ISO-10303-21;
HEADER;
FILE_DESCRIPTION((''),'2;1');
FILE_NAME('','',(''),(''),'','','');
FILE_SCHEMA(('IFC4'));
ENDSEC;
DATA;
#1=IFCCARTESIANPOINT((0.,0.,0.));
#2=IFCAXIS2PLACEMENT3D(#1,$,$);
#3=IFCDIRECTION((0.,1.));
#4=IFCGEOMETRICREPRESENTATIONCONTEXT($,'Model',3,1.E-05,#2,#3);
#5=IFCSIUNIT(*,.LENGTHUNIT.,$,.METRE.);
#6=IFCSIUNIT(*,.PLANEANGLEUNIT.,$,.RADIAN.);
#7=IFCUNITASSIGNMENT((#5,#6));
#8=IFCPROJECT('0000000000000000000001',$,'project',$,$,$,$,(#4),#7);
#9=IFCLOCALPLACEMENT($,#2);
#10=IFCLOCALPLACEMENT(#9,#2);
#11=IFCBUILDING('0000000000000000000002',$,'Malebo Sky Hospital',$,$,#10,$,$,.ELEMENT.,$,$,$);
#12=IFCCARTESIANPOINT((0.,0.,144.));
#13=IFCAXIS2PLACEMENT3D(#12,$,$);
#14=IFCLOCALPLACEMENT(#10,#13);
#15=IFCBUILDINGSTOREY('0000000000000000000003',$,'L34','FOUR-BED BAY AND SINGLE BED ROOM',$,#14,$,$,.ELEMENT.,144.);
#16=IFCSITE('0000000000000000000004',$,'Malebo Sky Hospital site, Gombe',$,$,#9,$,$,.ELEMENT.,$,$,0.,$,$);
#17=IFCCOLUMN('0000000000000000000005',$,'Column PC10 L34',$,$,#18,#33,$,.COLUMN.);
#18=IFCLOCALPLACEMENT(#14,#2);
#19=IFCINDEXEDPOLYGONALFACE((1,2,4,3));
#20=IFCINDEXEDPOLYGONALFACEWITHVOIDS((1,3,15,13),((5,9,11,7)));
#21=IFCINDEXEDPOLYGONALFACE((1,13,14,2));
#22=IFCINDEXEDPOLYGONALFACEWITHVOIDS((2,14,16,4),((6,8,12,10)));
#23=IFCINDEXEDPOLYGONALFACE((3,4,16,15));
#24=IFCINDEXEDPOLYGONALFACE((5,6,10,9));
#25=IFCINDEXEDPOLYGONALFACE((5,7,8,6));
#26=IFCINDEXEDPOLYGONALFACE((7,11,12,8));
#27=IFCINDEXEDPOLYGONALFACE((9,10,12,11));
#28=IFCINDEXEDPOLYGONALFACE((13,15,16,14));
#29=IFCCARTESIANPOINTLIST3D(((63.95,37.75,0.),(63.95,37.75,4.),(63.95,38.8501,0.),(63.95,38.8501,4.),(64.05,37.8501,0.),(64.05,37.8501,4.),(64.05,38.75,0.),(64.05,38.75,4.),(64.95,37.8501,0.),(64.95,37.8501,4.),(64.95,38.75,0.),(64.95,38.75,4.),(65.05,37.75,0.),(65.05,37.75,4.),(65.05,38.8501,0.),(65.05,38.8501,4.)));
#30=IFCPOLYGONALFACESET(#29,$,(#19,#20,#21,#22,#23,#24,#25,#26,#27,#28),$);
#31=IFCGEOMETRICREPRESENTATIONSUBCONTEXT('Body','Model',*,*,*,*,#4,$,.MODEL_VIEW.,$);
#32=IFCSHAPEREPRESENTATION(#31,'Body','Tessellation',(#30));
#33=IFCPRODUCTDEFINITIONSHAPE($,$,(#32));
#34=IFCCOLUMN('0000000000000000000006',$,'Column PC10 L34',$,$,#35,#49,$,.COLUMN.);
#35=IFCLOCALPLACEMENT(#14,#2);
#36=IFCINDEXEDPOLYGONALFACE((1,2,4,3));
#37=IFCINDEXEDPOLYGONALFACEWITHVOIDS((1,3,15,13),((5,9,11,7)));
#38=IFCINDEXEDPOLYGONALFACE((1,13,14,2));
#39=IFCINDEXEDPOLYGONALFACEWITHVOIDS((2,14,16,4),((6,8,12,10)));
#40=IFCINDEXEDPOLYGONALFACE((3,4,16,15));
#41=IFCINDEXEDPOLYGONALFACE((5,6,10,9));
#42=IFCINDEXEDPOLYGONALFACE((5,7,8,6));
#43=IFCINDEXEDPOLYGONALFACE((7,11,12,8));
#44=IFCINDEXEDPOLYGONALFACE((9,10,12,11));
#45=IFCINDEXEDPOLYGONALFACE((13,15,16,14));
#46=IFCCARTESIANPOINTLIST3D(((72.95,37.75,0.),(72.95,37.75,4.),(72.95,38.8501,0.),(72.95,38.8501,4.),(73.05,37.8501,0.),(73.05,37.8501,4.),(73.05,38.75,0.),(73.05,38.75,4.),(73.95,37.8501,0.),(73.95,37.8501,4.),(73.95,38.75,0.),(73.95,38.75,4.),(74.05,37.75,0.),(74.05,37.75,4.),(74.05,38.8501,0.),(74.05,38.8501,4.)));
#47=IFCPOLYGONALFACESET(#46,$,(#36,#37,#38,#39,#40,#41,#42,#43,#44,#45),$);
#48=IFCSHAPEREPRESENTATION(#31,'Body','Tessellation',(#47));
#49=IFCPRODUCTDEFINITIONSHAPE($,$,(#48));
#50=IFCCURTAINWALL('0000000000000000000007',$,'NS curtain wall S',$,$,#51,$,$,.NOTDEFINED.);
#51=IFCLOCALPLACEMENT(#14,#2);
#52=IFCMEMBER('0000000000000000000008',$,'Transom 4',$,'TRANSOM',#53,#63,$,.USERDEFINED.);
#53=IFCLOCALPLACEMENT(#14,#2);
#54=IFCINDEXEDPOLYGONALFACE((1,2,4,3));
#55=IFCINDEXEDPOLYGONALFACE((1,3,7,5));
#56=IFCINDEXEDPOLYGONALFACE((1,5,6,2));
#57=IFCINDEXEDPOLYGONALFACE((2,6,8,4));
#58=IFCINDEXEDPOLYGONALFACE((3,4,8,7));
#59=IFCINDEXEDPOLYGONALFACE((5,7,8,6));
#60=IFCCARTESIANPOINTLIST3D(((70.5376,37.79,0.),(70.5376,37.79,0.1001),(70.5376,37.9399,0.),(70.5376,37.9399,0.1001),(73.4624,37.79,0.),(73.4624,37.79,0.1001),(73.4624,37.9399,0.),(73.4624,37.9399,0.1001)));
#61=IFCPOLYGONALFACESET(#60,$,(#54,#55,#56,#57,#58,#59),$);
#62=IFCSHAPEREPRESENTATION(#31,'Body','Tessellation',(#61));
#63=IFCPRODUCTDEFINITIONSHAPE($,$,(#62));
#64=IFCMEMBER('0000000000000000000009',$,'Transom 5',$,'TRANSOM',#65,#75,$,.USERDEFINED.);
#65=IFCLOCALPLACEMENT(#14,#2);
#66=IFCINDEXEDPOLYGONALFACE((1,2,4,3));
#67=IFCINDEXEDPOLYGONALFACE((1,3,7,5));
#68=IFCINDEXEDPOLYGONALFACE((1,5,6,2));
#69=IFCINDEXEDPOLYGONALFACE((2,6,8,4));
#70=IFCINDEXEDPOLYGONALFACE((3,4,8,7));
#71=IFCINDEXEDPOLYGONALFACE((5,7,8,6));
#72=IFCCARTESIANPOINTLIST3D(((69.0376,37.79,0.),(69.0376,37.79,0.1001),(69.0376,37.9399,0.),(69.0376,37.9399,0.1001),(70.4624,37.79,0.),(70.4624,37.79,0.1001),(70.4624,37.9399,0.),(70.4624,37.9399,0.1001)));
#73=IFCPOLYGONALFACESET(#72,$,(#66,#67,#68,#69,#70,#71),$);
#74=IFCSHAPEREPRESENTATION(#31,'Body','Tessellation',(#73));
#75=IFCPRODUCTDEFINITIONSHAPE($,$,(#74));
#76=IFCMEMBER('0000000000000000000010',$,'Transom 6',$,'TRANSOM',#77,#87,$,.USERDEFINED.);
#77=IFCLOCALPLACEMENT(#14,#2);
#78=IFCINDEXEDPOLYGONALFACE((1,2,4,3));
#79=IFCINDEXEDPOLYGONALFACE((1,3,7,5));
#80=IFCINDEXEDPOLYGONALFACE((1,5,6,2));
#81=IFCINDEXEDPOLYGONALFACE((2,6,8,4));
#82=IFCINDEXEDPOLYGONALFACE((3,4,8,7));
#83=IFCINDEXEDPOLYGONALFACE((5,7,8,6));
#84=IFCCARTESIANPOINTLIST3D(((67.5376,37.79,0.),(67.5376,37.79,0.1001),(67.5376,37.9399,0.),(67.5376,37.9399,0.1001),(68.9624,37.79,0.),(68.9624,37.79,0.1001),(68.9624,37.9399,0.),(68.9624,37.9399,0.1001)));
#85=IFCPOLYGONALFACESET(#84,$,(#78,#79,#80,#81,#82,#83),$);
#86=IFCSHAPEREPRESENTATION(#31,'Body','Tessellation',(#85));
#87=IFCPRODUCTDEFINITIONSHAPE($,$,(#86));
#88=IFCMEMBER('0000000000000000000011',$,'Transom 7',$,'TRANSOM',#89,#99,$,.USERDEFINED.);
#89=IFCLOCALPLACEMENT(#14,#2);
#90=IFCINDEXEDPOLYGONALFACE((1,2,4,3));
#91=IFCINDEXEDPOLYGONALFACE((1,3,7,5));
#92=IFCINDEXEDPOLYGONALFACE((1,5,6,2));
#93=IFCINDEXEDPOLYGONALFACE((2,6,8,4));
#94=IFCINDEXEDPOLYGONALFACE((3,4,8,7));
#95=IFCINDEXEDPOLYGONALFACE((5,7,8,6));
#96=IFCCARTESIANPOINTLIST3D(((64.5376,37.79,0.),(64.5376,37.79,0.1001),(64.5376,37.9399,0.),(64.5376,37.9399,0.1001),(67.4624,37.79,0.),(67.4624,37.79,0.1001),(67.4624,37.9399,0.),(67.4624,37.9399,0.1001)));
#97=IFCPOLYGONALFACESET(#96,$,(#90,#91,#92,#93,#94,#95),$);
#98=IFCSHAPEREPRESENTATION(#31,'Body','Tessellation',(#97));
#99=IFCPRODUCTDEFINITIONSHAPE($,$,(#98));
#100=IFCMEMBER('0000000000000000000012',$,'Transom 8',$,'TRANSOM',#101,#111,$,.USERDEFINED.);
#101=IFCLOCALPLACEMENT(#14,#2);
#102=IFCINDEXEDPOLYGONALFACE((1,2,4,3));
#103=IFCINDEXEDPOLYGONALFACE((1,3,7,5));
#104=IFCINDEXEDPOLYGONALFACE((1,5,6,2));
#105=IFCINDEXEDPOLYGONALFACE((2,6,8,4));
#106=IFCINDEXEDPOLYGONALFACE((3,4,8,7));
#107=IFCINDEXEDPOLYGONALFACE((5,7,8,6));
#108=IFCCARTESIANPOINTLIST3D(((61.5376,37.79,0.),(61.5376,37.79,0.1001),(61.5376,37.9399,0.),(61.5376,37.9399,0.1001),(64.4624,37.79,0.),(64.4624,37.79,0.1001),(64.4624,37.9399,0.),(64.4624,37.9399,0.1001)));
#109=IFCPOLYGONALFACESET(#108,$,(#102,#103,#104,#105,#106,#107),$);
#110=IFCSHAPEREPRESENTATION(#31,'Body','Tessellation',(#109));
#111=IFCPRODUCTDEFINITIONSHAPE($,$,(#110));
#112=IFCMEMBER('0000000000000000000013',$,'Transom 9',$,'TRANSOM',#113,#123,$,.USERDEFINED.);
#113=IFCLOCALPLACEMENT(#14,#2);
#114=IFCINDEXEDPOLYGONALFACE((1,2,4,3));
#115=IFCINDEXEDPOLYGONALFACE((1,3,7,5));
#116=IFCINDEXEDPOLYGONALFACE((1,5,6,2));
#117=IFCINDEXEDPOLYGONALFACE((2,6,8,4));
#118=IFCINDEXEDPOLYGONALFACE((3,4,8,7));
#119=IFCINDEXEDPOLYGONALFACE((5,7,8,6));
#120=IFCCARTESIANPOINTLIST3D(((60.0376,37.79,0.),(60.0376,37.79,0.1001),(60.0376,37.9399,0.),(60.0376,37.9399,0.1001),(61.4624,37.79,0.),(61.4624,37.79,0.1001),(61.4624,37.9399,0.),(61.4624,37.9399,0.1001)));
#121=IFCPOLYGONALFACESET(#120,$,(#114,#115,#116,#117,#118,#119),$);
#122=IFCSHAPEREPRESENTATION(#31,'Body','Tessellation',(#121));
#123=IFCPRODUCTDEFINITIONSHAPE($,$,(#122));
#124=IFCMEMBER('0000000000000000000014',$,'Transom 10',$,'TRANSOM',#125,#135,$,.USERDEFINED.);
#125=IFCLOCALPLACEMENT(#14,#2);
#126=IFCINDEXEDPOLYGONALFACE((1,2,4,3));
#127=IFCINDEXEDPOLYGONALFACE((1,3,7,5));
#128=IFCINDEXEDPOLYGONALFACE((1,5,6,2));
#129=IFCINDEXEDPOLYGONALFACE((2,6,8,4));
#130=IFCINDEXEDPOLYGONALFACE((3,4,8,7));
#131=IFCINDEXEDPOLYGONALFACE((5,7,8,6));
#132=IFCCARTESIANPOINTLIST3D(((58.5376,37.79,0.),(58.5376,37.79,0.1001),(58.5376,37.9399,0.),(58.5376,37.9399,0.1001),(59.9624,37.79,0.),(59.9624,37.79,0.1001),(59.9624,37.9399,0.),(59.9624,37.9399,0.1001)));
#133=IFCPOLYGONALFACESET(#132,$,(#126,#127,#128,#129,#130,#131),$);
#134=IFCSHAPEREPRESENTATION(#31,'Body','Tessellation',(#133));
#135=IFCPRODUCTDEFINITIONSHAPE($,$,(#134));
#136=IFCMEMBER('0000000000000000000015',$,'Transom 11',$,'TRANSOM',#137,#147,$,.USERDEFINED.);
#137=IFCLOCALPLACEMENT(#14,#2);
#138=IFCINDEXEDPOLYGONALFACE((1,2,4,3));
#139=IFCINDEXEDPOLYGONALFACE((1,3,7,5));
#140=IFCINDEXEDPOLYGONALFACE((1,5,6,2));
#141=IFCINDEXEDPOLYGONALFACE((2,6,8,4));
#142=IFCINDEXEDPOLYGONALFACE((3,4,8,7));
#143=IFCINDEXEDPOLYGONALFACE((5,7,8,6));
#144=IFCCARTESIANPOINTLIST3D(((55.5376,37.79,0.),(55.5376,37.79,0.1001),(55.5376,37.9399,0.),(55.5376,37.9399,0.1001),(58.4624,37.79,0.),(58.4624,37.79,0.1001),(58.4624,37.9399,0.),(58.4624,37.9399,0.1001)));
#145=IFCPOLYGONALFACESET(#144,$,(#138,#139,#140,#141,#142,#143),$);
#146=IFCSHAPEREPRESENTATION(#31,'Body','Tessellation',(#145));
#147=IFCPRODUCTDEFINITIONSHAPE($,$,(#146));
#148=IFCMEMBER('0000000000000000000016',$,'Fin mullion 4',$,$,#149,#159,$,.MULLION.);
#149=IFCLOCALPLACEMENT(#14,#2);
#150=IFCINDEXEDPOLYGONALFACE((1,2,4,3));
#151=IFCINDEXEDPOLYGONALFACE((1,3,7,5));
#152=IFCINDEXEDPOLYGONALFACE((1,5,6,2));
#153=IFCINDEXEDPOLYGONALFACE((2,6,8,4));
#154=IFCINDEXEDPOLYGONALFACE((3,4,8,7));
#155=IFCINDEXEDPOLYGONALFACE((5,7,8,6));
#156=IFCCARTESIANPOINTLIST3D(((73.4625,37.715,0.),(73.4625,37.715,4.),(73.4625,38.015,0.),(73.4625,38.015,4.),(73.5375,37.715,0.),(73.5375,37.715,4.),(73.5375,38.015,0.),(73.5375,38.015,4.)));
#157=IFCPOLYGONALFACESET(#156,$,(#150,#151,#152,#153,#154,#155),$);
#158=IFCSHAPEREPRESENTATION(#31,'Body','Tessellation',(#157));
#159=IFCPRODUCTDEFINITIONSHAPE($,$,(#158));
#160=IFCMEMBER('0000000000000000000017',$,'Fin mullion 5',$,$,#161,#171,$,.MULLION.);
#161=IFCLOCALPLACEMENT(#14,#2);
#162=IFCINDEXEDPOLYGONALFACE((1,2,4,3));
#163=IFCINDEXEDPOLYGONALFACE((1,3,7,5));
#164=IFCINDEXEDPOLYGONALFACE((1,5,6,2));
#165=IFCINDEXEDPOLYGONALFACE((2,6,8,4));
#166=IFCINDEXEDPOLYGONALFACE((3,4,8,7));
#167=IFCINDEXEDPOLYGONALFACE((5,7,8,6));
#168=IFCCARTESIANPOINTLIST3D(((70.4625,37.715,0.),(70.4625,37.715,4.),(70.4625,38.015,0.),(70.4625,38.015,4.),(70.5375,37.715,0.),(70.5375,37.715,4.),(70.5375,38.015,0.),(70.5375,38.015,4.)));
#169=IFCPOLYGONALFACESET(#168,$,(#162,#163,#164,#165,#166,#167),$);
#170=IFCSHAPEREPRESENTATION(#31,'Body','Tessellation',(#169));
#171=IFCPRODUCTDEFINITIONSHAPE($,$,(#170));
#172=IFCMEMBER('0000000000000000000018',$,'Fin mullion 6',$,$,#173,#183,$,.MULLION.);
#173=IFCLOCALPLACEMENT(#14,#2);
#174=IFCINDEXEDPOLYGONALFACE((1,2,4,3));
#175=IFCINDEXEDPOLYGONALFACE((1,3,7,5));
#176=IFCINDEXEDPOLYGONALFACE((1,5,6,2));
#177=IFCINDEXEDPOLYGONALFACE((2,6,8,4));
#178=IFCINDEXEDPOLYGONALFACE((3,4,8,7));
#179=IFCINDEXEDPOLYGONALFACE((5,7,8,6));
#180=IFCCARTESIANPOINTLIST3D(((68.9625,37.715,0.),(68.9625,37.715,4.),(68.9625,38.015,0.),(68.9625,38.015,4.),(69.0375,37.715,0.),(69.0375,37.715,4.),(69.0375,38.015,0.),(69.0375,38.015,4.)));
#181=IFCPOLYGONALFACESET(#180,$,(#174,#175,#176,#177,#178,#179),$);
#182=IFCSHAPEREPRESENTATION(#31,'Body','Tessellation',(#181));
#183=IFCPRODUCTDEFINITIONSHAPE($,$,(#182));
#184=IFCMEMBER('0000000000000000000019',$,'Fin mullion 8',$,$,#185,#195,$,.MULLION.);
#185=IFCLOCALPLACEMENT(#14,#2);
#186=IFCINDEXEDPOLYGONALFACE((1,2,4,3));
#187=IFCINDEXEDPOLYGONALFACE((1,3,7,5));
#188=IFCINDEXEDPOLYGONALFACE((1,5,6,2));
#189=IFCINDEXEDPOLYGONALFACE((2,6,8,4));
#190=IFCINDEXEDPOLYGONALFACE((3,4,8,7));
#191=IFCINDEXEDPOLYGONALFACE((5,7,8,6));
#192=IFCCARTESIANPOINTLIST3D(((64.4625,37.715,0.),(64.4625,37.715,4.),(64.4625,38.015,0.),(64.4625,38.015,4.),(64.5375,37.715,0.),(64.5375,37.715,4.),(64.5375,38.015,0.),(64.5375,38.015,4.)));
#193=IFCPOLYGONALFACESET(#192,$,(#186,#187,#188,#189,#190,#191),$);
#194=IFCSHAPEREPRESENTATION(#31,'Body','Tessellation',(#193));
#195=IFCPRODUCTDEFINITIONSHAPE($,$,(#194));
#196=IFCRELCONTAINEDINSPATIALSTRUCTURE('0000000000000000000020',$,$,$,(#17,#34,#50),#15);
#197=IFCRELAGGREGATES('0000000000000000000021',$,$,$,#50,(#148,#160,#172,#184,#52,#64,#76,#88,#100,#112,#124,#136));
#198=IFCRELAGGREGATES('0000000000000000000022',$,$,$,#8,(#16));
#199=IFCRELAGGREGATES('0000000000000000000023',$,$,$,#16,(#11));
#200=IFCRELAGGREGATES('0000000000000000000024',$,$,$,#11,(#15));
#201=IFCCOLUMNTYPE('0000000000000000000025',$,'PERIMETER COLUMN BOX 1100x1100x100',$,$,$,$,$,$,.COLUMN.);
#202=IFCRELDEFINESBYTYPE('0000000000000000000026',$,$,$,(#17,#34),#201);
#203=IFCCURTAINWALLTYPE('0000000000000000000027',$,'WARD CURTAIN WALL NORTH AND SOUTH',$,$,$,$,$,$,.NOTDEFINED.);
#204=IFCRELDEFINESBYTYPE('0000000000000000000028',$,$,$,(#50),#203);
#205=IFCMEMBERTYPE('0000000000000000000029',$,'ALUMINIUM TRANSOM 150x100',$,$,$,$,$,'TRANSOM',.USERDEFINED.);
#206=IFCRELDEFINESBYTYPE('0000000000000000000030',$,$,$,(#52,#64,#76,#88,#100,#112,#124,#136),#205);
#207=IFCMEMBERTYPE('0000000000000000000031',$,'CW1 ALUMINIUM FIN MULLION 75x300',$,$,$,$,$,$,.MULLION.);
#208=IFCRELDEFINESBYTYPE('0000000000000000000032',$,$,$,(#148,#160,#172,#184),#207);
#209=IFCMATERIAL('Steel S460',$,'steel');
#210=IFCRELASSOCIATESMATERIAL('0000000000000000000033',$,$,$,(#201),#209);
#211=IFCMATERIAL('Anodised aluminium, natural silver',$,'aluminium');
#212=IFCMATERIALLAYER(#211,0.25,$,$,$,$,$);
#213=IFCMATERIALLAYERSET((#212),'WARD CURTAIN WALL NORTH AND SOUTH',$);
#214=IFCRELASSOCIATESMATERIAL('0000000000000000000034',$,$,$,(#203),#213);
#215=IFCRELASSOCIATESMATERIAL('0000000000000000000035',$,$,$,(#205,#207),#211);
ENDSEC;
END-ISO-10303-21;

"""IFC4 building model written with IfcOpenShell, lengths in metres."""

from ifc_helpers import new_model, si_unit, direction, frame, origin, origin_2d, place, context, subcontext, project, spatial, rectangle, hollow_rectangle, extrude, material, layer, layer_set, material_profile, profile_set, type_object, element, aggregate, save


model = new_model("IFC4")

# Units and contexts
model_context = context("Model", 3, precision=1e-05, world=origin(), true_north=direction((0.0, 1.0)))
body_context = subcontext(model_context, "Body", "Model", "MODEL_VIEW")
ifc_project = project(units=[si_unit("LENGTHUNIT", "METRE"), si_unit("PLANEANGLEUNIT", "RADIAN")], contexts=[model_context])

# Site, building, storey
site_placement = place(None, origin())
site = spatial("IfcSite", under=ifc_project, at=site_placement, Name="Malebo Sky Hospital site, Gombe", CompositionType="ELEMENT", RefElevation=0.0)
building_placement = place(site_placement, origin())
building = spatial("IfcBuilding", under=site, at=building_placement, Name="Malebo Sky Hospital", CompositionType="ELEMENT")
storey_placement = place(building_placement, frame((0.0, 0.0, 144.0)))
storey = spatial("IfcBuildingStorey", under=building, at=storey_placement, Name="L34", Description="FOUR-BED BAY AND SINGLE BED ROOM", CompositionType="ELEMENT", Elevation=144.0)

# Columns
ifc_material_1 = material(Name="Steel S460", Category="steel")
ifc_material_profile_1 = material_profile(ifc_material_1, hollow_rectangle(XDim=1.1001, YDim=1.1001, WallThickness=0.1001, at=origin_2d()), Name="BOX 1100x1100x100")
ifc_profile_set_1 = profile_set([ifc_material_profile_1], Name="Steel S460")
column_type = type_object("IfcColumnType", Name="PERIMETER COLUMN BOX 1100x1100x100", PredefinedType="COLUMN", material=ifc_profile_set_1)
for number, where, z_axis, x_axis, name in (
    (1, (64.5, 38.3, 0.0), (0.0, 0.0, 1.0), (1.0, 0.0, 0.0), "Column PC10 L34"),
    (2, (73.5, 38.3, 0.0), (0.0, 0.0, 1.0), (1.0, 0.0, 0.0), "Column PC10 L34"),
):
    element("IfcColumn", number, at=place(storey_placement, frame(where, z_axis=z_axis, x_axis=x_axis)), inside=storey, type_object=column_type, Name=name, PredefinedType="COLUMN", context=body_context, shape_type="SweptSolid", body=[
        extrude(hollow_rectangle(XDim=1.1001, YDim=1.1001, WallThickness=0.1001, at=origin_2d()), origin(), (0.0, 0.0, 1.0), 4.0),
    ])

# Curtain wall, members
ifc_material_2 = material(Name="Anodised aluminium, natural silver", Category="aluminium")
ifc_layer_1 = layer(ifc_material_2, 0.25)
ifc_layer_set_1 = layer_set([ifc_layer_1], Name="WARD CURTAIN WALL NORTH AND SOUTH")
curtain_wall_type = type_object("IfcCurtainWallType", Name="WARD CURTAIN WALL NORTH AND SOUTH", PredefinedType="NOTDEFINED", material=ifc_layer_set_1)
curtain_wall_placement = place(storey_placement, origin())
curtain_wall = element("IfcCurtainWall", 3, at=curtain_wall_placement, inside=storey, type_object=curtain_wall_type, Name="NS curtain wall S", PredefinedType="NOTDEFINED")
ifc_material_profile_2 = material_profile(ifc_material_2, rectangle(XDim=0.1499, YDim=0.1001, at=origin_2d()), Name="ALUMINIUM TRANSOM 150x100")
ifc_profile_set_2 = profile_set([ifc_material_profile_2], Name="Anodised aluminium, natural silver")
member_type_1 = type_object("IfcMemberType", Name="ALUMINIUM TRANSOM 150x100", ElementType="TRANSOM", PredefinedType="USERDEFINED", material=ifc_profile_set_2)
member_1_placement = place(storey_placement, frame((73.4624, 37.865, 0.05), z_axis=(-1.0, 0.0, 0.0), x_axis=(0.0, -1.0, 0.0)))
member_1 = element("IfcMember", 4, at=member_1_placement, type_object=member_type_1, Name="Transom 4", ObjectType="TRANSOM", PredefinedType="USERDEFINED", context=body_context, shape_type="SweptSolid", body=[
    extrude(rectangle(XDim=0.1499, YDim=0.1001, at=origin_2d()), origin(), (0.0, 0.0, 1.0), 2.9248),
])
member_2_placement = place(storey_placement, frame((70.4624, 37.865, 0.05), z_axis=(-1.0, 0.0, 0.0), x_axis=(0.0, -1.0, 0.0)))
member_2 = element("IfcMember", 5, at=member_2_placement, type_object=member_type_1, Name="Transom 5", ObjectType="TRANSOM", PredefinedType="USERDEFINED", context=body_context, shape_type="SweptSolid", body=[
    extrude(rectangle(XDim=0.1499, YDim=0.1001, at=origin_2d()), origin(), (0.0, 0.0, 1.0), 1.4248),
])
member_3_placement = place(storey_placement, frame((68.9624, 37.865, 0.05), z_axis=(-1.0, 0.0, 0.0), x_axis=(0.0, -1.0, 0.0)))
member_3 = element("IfcMember", 6, at=member_3_placement, type_object=member_type_1, Name="Transom 6", ObjectType="TRANSOM", PredefinedType="USERDEFINED", context=body_context, shape_type="SweptSolid", body=[
    extrude(rectangle(XDim=0.1499, YDim=0.1001, at=origin_2d()), origin(), (0.0, 0.0, 1.0), 1.4248),
])
member_4_placement = place(storey_placement, frame((67.4624, 37.865, 0.05), z_axis=(-1.0, 0.0, 0.0), x_axis=(0.0, -1.0, 0.0)))
member_4 = element("IfcMember", 7, at=member_4_placement, type_object=member_type_1, Name="Transom 7", ObjectType="TRANSOM", PredefinedType="USERDEFINED", context=body_context, shape_type="SweptSolid", body=[
    extrude(rectangle(XDim=0.1499, YDim=0.1001, at=origin_2d()), origin(), (0.0, 0.0, 1.0), 2.9248),
])
member_5_placement = place(storey_placement, frame((64.4624, 37.865, 0.05), z_axis=(-1.0, 0.0, 0.0), x_axis=(0.0, -1.0, 0.0)))
member_5 = element("IfcMember", 8, at=member_5_placement, type_object=member_type_1, Name="Transom 8", ObjectType="TRANSOM", PredefinedType="USERDEFINED", context=body_context, shape_type="SweptSolid", body=[
    extrude(rectangle(XDim=0.1499, YDim=0.1001, at=origin_2d()), origin(), (0.0, 0.0, 1.0), 2.9248),
])
member_6_placement = place(storey_placement, frame((61.4624, 37.865, 0.05), z_axis=(-1.0, 0.0, 0.0), x_axis=(0.0, -1.0, 0.0)))
member_6 = element("IfcMember", 9, at=member_6_placement, type_object=member_type_1, Name="Transom 9", ObjectType="TRANSOM", PredefinedType="USERDEFINED", context=body_context, shape_type="SweptSolid", body=[
    extrude(rectangle(XDim=0.1499, YDim=0.1001, at=origin_2d()), origin(), (0.0, 0.0, 1.0), 1.4248),
])
member_7_placement = place(storey_placement, frame((59.9624, 37.865, 0.05), z_axis=(-1.0, 0.0, 0.0), x_axis=(0.0, -1.0, 0.0)))
member_7 = element("IfcMember", 10, at=member_7_placement, type_object=member_type_1, Name="Transom 10", ObjectType="TRANSOM", PredefinedType="USERDEFINED", context=body_context, shape_type="SweptSolid", body=[
    extrude(rectangle(XDim=0.1499, YDim=0.1001, at=origin_2d()), origin(), (0.0, 0.0, 1.0), 1.4248),
])
member_8_placement = place(storey_placement, frame((58.4624, 37.865, 0.05), z_axis=(-1.0, 0.0, 0.0), x_axis=(0.0, -1.0, 0.0)))
member_8 = element("IfcMember", 11, at=member_8_placement, type_object=member_type_1, Name="Transom 11", ObjectType="TRANSOM", PredefinedType="USERDEFINED", context=body_context, shape_type="SweptSolid", body=[
    extrude(rectangle(XDim=0.1499, YDim=0.1001, at=origin_2d()), origin(), (0.0, 0.0, 1.0), 2.9248),
])
ifc_material_profile_3 = material_profile(ifc_material_2, rectangle(XDim=0.075, YDim=0.3, at=origin_2d()), Name="CW1 ALUMINIUM FIN MULLION 75x300")
ifc_profile_set_3 = profile_set([ifc_material_profile_3], Name="Anodised aluminium, natural silver")
member_type_2 = type_object("IfcMemberType", Name="CW1 ALUMINIUM FIN MULLION 75x300", PredefinedType="MULLION", material=ifc_profile_set_3)
member_9_placement = place(storey_placement, frame((73.5, 37.865, 0.0), z_axis=(0.0, 0.0, 1.0), x_axis=(-1.0, 0.0, 0.0)))
member_9 = element("IfcMember", 12, at=member_9_placement, type_object=member_type_2, Name="Fin mullion 4", PredefinedType="MULLION", context=body_context, shape_type="SweptSolid", body=[
    extrude(rectangle(XDim=0.075, YDim=0.3, at=origin_2d()), origin(), (0.0, 0.0, 1.0), 4.0),
])
member_10_placement = place(storey_placement, frame((70.5, 37.865, 0.0), z_axis=(0.0, 0.0, 1.0), x_axis=(-1.0, 0.0, 0.0)))
member_10 = element("IfcMember", 13, at=member_10_placement, type_object=member_type_2, Name="Fin mullion 5", PredefinedType="MULLION", context=body_context, shape_type="SweptSolid", body=[
    extrude(rectangle(XDim=0.075, YDim=0.3, at=origin_2d()), origin(), (0.0, 0.0, 1.0), 4.0),
])
member_11_placement = place(storey_placement, frame((69.0, 37.865, 0.0), z_axis=(0.0, 0.0, 1.0), x_axis=(-1.0, 0.0, 0.0)))
member_11 = element("IfcMember", 14, at=member_11_placement, type_object=member_type_2, Name="Fin mullion 6", PredefinedType="MULLION", context=body_context, shape_type="SweptSolid", body=[
    extrude(rectangle(XDim=0.075, YDim=0.3, at=origin_2d()), origin(), (0.0, 0.0, 1.0), 4.0),
])
member_12_placement = place(storey_placement, frame((64.5, 37.865, 0.0), z_axis=(0.0, 0.0, 1.0), x_axis=(-1.0, 0.0, 0.0)))
member_12 = element("IfcMember", 15, at=member_12_placement, type_object=member_type_2, Name="Fin mullion 8", PredefinedType="MULLION", context=body_context, shape_type="SweptSolid", body=[
    extrude(rectangle(XDim=0.075, YDim=0.3, at=origin_2d()), origin(), (0.0, 0.0, 1.0), 4.0),
])

aggregate(curtain_wall, [member_9, member_10, member_11, member_12, member_1, member_2, member_3, member_4, member_5, member_6, member_7, member_8])

save(model, "model.ifc")
